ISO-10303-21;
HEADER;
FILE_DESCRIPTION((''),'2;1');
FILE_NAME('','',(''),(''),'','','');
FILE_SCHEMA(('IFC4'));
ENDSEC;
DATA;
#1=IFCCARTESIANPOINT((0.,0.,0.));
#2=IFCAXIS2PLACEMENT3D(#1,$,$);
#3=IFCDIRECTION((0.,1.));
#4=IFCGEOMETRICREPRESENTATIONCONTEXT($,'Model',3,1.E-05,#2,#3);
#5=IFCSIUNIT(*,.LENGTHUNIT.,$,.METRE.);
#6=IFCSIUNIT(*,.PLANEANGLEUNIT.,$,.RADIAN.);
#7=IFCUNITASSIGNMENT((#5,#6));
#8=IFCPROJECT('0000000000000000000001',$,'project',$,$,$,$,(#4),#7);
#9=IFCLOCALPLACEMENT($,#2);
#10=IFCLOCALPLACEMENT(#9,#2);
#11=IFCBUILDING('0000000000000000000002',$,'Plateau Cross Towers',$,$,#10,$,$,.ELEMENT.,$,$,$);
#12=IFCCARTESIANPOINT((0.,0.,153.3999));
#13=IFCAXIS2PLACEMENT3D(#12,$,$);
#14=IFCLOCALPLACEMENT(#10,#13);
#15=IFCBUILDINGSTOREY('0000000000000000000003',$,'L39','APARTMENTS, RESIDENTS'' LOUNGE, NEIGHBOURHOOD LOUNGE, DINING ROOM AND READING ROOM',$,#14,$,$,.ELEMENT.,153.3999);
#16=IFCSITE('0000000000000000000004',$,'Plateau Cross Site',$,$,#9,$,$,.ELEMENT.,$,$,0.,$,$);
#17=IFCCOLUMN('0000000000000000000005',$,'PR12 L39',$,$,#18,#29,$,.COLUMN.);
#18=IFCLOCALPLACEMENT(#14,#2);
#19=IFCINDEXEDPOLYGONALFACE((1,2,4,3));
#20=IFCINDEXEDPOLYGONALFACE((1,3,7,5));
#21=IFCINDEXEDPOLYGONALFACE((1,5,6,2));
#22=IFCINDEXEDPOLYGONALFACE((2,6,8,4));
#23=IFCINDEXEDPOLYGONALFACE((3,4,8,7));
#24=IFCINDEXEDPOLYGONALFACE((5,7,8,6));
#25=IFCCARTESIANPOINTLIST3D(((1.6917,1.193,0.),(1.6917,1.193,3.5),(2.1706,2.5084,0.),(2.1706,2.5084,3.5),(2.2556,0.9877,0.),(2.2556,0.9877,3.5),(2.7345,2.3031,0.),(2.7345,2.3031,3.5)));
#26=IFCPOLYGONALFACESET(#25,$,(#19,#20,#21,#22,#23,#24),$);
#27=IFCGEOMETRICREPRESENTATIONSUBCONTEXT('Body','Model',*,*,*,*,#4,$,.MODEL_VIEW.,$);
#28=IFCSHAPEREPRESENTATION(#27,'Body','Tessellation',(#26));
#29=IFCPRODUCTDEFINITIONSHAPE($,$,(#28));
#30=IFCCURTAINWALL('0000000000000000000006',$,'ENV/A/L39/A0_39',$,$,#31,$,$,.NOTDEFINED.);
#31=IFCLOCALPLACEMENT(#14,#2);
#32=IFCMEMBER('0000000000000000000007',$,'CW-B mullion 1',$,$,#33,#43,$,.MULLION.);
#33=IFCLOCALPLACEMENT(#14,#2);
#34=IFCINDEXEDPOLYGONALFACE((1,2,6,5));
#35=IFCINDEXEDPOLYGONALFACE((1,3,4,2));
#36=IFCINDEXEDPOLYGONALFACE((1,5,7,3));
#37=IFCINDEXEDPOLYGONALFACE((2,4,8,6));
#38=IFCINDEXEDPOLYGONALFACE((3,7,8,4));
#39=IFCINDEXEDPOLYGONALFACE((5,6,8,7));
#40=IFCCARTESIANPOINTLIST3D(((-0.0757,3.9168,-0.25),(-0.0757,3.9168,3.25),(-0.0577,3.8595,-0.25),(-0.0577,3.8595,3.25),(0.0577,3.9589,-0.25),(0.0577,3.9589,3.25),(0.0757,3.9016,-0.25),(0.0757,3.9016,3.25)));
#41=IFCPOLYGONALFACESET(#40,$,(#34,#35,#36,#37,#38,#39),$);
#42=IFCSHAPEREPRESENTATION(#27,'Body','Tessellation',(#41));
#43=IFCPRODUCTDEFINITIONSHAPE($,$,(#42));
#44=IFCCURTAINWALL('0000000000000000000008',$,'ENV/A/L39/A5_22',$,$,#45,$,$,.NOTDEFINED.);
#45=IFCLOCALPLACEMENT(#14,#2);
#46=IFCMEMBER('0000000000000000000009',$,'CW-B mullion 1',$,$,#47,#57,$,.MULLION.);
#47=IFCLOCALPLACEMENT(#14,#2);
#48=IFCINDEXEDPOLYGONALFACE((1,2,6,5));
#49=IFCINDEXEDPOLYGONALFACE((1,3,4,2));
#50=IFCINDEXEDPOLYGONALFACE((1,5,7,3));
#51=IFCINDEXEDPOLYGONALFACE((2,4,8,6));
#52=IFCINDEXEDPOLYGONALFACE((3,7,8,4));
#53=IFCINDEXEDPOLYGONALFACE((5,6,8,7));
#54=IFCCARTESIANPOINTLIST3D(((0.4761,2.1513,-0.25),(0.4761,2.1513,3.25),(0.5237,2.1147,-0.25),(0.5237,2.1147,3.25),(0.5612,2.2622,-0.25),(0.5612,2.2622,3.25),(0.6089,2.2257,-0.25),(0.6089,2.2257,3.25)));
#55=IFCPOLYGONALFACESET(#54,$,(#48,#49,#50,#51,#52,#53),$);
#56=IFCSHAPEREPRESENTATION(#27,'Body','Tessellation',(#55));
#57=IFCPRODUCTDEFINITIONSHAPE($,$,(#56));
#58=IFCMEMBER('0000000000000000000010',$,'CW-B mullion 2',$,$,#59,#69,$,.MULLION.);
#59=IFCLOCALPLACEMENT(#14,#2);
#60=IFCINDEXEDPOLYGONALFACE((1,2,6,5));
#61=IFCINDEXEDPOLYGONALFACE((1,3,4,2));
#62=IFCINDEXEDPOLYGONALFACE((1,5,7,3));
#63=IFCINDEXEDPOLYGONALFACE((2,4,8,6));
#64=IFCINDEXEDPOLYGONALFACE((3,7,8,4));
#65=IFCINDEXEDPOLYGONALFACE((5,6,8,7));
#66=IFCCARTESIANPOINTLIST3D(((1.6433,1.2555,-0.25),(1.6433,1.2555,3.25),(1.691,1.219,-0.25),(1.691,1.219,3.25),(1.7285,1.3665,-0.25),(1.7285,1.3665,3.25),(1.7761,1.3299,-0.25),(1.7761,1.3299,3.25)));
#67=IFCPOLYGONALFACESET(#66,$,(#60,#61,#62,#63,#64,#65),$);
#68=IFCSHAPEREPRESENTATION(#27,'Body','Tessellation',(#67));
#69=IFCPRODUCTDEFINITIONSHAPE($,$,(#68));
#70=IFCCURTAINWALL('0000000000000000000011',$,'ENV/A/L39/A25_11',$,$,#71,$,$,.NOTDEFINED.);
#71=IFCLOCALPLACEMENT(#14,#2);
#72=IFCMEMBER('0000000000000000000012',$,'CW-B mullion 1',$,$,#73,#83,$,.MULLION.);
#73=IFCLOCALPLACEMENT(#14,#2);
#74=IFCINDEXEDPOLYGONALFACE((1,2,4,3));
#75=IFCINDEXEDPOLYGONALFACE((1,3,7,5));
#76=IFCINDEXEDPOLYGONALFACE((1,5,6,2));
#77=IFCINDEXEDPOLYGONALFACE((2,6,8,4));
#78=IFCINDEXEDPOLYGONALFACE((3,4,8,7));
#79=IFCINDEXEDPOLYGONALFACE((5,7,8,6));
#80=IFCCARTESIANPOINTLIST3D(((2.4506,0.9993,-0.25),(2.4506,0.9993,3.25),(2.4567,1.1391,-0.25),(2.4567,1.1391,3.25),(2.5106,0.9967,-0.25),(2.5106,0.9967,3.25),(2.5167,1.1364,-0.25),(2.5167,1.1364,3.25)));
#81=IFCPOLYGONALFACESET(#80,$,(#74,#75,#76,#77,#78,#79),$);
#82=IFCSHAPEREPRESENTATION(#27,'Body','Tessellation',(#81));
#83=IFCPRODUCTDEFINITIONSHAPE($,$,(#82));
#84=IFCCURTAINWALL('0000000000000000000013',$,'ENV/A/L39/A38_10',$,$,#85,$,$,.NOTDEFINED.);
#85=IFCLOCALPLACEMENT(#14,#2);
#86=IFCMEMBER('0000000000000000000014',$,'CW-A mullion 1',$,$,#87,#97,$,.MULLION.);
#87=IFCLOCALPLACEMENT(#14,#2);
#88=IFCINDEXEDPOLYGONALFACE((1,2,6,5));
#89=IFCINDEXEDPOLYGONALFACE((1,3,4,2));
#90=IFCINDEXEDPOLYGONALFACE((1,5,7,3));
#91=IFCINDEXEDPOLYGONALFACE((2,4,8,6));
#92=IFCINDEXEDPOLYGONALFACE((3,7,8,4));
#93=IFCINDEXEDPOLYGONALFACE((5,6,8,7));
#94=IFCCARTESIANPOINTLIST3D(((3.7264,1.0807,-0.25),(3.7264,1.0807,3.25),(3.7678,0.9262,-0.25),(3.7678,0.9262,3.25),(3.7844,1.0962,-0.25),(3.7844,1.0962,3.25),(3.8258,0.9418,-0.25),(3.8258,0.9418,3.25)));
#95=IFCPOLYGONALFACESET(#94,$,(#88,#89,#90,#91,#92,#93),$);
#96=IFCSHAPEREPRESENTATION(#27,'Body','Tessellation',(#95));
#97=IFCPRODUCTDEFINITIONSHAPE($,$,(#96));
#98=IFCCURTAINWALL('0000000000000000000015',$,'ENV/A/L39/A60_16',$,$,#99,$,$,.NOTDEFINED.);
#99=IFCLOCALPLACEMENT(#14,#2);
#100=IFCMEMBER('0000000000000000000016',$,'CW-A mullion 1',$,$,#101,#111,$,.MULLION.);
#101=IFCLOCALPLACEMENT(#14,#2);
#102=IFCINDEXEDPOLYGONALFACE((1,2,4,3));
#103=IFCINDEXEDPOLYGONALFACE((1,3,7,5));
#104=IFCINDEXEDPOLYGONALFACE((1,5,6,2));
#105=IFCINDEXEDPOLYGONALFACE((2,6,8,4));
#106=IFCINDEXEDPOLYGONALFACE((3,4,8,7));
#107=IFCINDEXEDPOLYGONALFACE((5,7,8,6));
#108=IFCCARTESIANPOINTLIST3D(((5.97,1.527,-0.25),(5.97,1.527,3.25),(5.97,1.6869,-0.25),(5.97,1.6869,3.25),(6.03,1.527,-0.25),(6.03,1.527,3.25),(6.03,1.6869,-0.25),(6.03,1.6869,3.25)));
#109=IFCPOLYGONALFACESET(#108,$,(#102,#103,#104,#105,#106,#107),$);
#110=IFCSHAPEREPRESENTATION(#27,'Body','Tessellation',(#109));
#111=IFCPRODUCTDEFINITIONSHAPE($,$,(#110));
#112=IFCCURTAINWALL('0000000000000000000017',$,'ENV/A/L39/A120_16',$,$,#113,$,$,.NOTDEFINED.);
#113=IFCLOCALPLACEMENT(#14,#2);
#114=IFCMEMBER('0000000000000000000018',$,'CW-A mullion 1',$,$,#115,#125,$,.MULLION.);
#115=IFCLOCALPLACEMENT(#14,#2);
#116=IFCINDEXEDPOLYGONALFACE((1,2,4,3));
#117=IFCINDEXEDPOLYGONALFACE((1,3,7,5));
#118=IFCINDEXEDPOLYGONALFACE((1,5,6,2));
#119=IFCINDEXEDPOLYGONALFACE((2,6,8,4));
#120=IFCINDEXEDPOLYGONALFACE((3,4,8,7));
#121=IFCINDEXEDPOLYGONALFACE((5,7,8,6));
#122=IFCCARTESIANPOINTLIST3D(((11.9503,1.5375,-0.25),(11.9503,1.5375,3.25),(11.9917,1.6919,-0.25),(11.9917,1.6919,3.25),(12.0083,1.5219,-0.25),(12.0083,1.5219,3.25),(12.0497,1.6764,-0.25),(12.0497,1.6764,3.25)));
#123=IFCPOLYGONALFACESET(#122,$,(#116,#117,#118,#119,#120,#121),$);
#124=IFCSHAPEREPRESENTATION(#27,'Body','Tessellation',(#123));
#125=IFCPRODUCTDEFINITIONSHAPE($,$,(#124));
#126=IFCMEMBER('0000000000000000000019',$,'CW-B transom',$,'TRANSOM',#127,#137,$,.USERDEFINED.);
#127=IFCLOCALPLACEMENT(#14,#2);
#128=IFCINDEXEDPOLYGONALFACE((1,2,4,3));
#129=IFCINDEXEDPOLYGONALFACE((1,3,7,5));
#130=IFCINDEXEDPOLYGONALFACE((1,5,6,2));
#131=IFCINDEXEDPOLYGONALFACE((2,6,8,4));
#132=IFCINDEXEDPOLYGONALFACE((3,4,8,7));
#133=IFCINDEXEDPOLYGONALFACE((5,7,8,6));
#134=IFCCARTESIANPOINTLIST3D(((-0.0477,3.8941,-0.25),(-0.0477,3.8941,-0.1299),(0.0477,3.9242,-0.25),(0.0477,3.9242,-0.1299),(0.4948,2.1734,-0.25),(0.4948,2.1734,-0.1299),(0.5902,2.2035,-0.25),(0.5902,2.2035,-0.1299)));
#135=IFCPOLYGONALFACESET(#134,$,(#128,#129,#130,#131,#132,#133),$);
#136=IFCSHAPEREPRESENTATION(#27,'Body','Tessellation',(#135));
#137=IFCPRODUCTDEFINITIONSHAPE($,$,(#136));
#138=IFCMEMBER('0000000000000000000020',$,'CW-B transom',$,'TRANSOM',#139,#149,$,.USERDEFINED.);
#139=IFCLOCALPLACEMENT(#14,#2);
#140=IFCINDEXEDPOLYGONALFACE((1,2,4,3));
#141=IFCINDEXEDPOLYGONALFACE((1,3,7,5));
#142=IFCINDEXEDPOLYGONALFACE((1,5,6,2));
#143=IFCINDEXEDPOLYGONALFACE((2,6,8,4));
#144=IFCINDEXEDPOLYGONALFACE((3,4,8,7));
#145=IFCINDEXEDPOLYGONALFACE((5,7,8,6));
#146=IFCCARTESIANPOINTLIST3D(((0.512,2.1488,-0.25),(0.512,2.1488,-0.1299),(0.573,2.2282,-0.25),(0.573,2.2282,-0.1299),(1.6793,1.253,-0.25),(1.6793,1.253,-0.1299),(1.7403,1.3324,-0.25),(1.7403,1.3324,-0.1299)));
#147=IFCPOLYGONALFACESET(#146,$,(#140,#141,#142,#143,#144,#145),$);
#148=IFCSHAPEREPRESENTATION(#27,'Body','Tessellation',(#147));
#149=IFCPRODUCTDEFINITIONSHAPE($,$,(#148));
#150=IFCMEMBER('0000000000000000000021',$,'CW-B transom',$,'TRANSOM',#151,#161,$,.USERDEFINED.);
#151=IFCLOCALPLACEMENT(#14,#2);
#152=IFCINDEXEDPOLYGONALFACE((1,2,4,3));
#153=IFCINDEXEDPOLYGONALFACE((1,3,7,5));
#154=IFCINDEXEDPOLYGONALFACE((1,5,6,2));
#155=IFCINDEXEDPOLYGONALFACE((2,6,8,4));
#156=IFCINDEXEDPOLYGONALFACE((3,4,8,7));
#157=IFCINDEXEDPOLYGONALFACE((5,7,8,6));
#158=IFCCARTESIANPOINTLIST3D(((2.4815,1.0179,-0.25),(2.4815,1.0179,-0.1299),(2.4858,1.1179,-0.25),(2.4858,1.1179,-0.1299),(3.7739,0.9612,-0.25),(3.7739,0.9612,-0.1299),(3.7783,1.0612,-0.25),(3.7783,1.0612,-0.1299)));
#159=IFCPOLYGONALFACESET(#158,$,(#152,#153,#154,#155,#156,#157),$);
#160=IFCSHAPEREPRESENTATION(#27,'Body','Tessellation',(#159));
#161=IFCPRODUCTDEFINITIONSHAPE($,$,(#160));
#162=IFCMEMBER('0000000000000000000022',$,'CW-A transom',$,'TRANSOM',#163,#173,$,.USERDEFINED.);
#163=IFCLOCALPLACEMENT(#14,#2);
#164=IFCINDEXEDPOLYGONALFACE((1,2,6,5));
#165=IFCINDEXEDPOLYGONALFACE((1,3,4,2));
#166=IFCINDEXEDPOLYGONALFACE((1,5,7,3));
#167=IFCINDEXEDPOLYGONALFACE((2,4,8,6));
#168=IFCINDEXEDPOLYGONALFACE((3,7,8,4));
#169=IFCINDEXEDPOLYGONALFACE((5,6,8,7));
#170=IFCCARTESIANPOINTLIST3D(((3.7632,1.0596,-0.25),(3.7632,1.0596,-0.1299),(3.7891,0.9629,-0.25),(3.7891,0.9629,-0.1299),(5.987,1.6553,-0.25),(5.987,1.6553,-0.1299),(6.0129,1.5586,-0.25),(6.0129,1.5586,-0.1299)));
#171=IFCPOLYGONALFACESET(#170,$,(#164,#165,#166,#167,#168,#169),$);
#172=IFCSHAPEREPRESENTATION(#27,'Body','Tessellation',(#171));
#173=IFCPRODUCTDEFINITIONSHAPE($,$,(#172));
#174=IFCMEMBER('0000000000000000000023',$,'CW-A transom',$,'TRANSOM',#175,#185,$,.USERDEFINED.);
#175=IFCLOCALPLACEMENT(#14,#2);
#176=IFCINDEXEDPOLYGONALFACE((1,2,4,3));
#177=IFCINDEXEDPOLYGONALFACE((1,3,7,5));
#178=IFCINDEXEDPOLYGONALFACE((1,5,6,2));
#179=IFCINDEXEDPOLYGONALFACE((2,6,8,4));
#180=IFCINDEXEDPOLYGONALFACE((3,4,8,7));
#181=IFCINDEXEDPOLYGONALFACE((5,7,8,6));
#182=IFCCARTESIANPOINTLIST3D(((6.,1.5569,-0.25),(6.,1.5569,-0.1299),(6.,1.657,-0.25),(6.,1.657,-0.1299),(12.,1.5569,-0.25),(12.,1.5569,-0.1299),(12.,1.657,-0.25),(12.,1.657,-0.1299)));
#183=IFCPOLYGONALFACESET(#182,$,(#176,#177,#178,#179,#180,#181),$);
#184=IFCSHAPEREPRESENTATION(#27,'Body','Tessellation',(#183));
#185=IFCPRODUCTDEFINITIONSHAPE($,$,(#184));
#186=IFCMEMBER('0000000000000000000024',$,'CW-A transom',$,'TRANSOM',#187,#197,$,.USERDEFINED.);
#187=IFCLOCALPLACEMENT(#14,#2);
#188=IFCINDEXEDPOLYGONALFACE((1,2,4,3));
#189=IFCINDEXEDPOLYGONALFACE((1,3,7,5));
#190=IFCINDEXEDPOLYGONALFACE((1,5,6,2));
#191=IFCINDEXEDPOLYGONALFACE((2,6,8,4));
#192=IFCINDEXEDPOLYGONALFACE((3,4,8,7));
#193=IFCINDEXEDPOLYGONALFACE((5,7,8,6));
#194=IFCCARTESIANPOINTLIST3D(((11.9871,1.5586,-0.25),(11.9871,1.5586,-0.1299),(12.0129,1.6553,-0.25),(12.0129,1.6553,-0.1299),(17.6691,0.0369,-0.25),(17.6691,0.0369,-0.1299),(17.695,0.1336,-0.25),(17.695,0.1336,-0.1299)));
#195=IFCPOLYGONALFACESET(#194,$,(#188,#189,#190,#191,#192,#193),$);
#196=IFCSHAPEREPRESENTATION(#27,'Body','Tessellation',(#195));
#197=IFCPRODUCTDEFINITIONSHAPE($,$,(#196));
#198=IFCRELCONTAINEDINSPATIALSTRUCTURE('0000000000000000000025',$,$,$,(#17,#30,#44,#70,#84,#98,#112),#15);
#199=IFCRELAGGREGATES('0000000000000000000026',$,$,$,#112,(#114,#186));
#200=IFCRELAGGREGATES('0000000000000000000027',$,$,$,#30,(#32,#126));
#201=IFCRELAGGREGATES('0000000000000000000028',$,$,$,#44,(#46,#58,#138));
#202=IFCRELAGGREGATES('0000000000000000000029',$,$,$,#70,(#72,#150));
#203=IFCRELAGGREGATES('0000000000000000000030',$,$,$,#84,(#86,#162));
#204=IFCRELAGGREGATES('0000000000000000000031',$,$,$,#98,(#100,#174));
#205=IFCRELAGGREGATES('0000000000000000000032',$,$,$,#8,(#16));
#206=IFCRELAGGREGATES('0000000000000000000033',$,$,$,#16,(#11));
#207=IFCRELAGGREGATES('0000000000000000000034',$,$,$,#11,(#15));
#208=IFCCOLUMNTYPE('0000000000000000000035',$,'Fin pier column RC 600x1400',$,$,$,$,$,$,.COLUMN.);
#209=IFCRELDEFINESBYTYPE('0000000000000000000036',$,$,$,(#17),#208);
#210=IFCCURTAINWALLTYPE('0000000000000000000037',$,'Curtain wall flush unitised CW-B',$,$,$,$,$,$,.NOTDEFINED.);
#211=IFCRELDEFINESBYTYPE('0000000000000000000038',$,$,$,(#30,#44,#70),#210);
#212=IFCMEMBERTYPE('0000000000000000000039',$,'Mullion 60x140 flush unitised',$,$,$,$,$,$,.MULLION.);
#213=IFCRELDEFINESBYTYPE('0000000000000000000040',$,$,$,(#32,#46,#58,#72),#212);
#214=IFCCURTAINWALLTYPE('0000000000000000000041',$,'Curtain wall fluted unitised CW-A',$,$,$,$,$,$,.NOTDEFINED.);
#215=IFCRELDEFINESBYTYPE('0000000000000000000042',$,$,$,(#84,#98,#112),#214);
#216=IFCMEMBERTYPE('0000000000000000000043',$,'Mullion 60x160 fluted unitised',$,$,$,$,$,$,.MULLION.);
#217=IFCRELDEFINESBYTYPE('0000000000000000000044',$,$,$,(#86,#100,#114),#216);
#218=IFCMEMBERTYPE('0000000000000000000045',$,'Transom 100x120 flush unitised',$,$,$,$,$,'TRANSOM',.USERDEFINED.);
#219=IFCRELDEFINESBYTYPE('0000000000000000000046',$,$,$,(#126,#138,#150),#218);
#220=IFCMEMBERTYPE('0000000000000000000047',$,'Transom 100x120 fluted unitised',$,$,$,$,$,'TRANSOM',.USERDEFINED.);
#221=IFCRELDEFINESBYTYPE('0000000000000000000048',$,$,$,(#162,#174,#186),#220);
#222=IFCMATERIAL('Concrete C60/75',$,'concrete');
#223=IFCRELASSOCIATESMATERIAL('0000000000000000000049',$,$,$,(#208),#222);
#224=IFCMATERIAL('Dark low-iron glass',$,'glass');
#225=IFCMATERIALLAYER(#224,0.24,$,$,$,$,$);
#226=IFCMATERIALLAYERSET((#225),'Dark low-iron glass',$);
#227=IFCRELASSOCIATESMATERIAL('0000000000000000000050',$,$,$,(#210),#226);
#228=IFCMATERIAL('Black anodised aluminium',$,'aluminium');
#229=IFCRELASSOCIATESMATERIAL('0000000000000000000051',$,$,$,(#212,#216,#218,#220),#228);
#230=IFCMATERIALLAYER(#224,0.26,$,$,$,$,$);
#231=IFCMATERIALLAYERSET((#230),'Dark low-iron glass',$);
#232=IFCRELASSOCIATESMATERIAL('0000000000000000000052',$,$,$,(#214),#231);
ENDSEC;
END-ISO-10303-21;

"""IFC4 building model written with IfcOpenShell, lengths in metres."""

from ifc_helpers import new_model, si_unit, direction, frame, origin, origin_2d, place, context, subcontext, project, spatial, rectangle, extrude, material, layer, layer_set, material_profile, profile_set, type_object, element, aggregate, save


model = new_model("IFC4")

# Units and contexts
model_context = context("Model", 3, precision=1e-05, world=origin(), true_north=direction((0.0, 1.0)))
body_context = subcontext(model_context, "Body", "Model", "MODEL_VIEW")
ifc_project = project(units=[si_unit("LENGTHUNIT", "METRE"), si_unit("PLANEANGLEUNIT", "RADIAN")], contexts=[model_context])

# Site, building, storey
site_placement = place(None, origin())
site = spatial("IfcSite", under=ifc_project, at=site_placement, Name="Plateau Cross Site", CompositionType="ELEMENT", RefElevation=0.0)
building_placement = place(site_placement, origin())
building = spatial("IfcBuilding", under=site, at=building_placement, Name="Plateau Cross Towers", CompositionType="ELEMENT")
storey_placement = place(building_placement, frame((0.0, 0.0, 153.3999)))
storey = spatial("IfcBuildingStorey", under=building, at=storey_placement, Name="L39", Description="APARTMENTS, RESIDENTS' LOUNGE, NEIGHBOURHOOD LOUNGE, DINING ROOM AND READING ROOM", CompositionType="ELEMENT", Elevation=153.3999)

# Column
ifc_material_1 = material(Name="Concrete C60/75", Category="concrete")
ifc_material_profile_1 = material_profile(ifc_material_1, rectangle(XDim=0.6001, YDim=1.3999, at=origin_2d()), Name="RC 600x1400")
ifc_profile_set_1 = profile_set([ifc_material_profile_1], Name="Concrete C60/75")
column_type = type_object("IfcColumnType", Name="Fin pier column RC 600x1400", PredefinedType="COLUMN", material=ifc_profile_set_1)
column_placement = place(storey_placement, frame((2.2131, 1.748, 0.0), z_axis=(0.0, 0.0, 1.0), x_axis=(-0.939664, 0.342098, 0.0)))
element("IfcColumn", 1, at=column_placement, inside=storey, type_object=column_type, Name="PR12 L39", PredefinedType="COLUMN", context=body_context, shape_type="SweptSolid", body=[
    extrude(rectangle(XDim=0.6001, YDim=1.3999, at=origin_2d()), origin(), (0.0, 0.0, 1.0), 3.5),
])

# Curtain wall, member
ifc_material_2 = material(Name="Dark low-iron glass", Category="glass")
ifc_layer_1 = layer(ifc_material_2, 0.24)
ifc_layer_set_1 = layer_set([ifc_layer_1], Name="Dark low-iron glass")
curtain_wall_type_1 = type_object("IfcCurtainWallType", Name="Curtain wall flush unitised CW-B", PredefinedType="NOTDEFINED", material=ifc_layer_set_1)
curtain_wall_1_placement = place(storey_placement, origin())
curtain_wall_1 = element("IfcCurtainWall", 2, at=curtain_wall_1_placement, inside=storey, type_object=curtain_wall_type_1, Name="ENV/A/L39/A0_39", PredefinedType="NOTDEFINED")
ifc_material_3 = material(Name="Black anodised aluminium", Category="aluminium")
ifc_material_profile_2 = material_profile(ifc_material_3, rectangle(XDim=0.0601, YDim=0.1399, at=origin_2d()), Name="MULLION 60x140")
ifc_profile_set_2 = profile_set([ifc_material_profile_2], Name="Black anodised aluminium")
member_type_1 = type_object("IfcMemberType", Name="Mullion 60x140 flush unitised", PredefinedType="MULLION", material=ifc_profile_set_2)
member_1_placement = place(storey_placement, frame((0.0, 3.9092, -0.25), z_axis=(0.0, 0.0, 1.0), x_axis=(0.300686, -0.953723, 0.0)))
member_1 = element("IfcMember", 3, at=member_1_placement, type_object=member_type_1, Name="CW-B mullion 1", PredefinedType="MULLION", context=body_context, shape_type="SweptSolid", body=[
    extrude(rectangle(XDim=0.0601, YDim=0.1399, at=origin_2d()), origin(), (0.0, 0.0, 1.0), 3.5),
])

# Curtain wall, members
curtain_wall_2_placement = place(storey_placement, origin())
curtain_wall_2 = element("IfcCurtainWall", 4, at=curtain_wall_2_placement, inside=storey, type_object=curtain_wall_type_1, Name="ENV/A/L39/A5_22", PredefinedType="NOTDEFINED")
member_2_placement = place(storey_placement, frame((0.5425, 2.1885, -0.25), z_axis=(0.0, 0.0, 1.0), x_axis=(0.793316, -0.608811, 0.0)))
member_2 = element("IfcMember", 5, at=member_2_placement, type_object=member_type_1, Name="CW-B mullion 1", PredefinedType="MULLION", context=body_context, shape_type="SweptSolid", body=[
    extrude(rectangle(XDim=0.0601, YDim=0.1399, at=origin_2d()), origin(), (0.0, 0.0, 1.0), 3.5),
])
member_3_placement = place(storey_placement, frame((1.7097, 1.2927, -0.25), z_axis=(0.0, 0.0, 1.0), x_axis=(0.793316, -0.608811, 0.0)))
member_3 = element("IfcMember", 6, at=member_3_placement, type_object=member_type_1, Name="CW-B mullion 2", PredefinedType="MULLION", context=body_context, shape_type="SweptSolid", body=[
    extrude(rectangle(XDim=0.0601, YDim=0.1399, at=origin_2d()), origin(), (0.0, 0.0, 1.0), 3.5),
])

# Curtain walls, members
curtain_wall_3_placement = place(storey_placement, origin())
curtain_wall_3 = element("IfcCurtainWall", 7, at=curtain_wall_3_placement, inside=storey, type_object=curtain_wall_type_1, Name="ENV/A/L39/A25_11", PredefinedType="NOTDEFINED")
member_4_placement = place(storey_placement, frame((2.4836, 1.0679, -0.25), z_axis=(0.0, 0.0, 1.0), x_axis=(0.999044, -0.043723, 0.0)))
member_4 = element("IfcMember", 8, at=member_4_placement, type_object=member_type_1, Name="CW-B mullion 1", PredefinedType="MULLION", context=body_context, shape_type="SweptSolid", body=[
    extrude(rectangle(XDim=0.0601, YDim=0.1399, at=origin_2d()), origin(), (0.0, 0.0, 1.0), 3.5),
])
ifc_layer_2 = layer(ifc_material_2, 0.26)
ifc_layer_set_2 = layer_set([ifc_layer_2], Name="Dark low-iron glass")
curtain_wall_type_2 = type_object("IfcCurtainWallType", Name="Curtain wall fluted unitised CW-A", PredefinedType="NOTDEFINED", material=ifc_layer_set_2)
curtain_wall_4_placement = place(storey_placement, origin())
curtain_wall_4 = element("IfcCurtainWall", 9, at=curtain_wall_4_placement, inside=storey, type_object=curtain_wall_type_2, Name="ENV/A/L39/A38_10", PredefinedType="NOTDEFINED")
ifc_material_profile_3 = material_profile(ifc_material_3, rectangle(XDim=0.0601, YDim=0.1599, at=origin_2d()), Name="MULLION 60x160")
ifc_profile_set_3 = profile_set([ifc_material_profile_3], Name="Black anodised aluminium")
member_type_2 = type_object("IfcMemberType", Name="Mullion 60x160 fluted unitised", PredefinedType="MULLION", material=ifc_profile_set_3)
member_5_placement = place(storey_placement, frame((3.7761, 1.0112, -0.25), z_axis=(0.0, 0.0, 1.0), x_axis=(0.965958, 0.258699, 0.0)))
member_5 = element("IfcMember", 10, at=member_5_placement, type_object=member_type_2, Name="CW-A mullion 1", PredefinedType="MULLION", context=body_context, shape_type="SweptSolid", body=[
    extrude(rectangle(XDim=0.0601, YDim=0.1599, at=origin_2d()), origin(), (0.0, 0.0, 1.0), 3.5),
])
curtain_wall_5_placement = place(storey_placement, origin())
curtain_wall_5 = element("IfcCurtainWall", 11, at=curtain_wall_5_placement, inside=storey, type_object=curtain_wall_type_2, Name="ENV/A/L39/A60_16", PredefinedType="NOTDEFINED")
member_6_placement = place(storey_placement, frame((6.0, 1.6069, -0.25), z_axis=(0.0, 0.0, 1.0), x_axis=(1.0, 0.0, 0.0)))
member_6 = element("IfcMember", 12, at=member_6_placement, type_object=member_type_2, Name="CW-A mullion 1", PredefinedType="MULLION", context=body_context, shape_type="SweptSolid", body=[
    extrude(rectangle(XDim=0.0601, YDim=0.1599, at=origin_2d()), origin(), (0.0, 0.0, 1.0), 3.5),
])
curtain_wall_6_placement = place(storey_placement, origin())
curtain_wall_6 = element("IfcCurtainWall", 13, at=curtain_wall_6_placement, inside=storey, type_object=curtain_wall_type_2, Name="ENV/A/L39/A120_16", PredefinedType="NOTDEFINED")
member_7_placement = place(storey_placement, frame((12.0, 1.6069, -0.25), z_axis=(0.0, 0.0, 1.0), x_axis=(0.965958, -0.258699, 0.0)))
member_7 = element("IfcMember", 14, at=member_7_placement, type_object=member_type_2, Name="CW-A mullion 1", PredefinedType="MULLION", context=body_context, shape_type="SweptSolid", body=[
    extrude(rectangle(XDim=0.0601, YDim=0.1599, at=origin_2d()), origin(), (0.0, 0.0, 1.0), 3.5),
])

# Members
ifc_material_profile_4 = material_profile(ifc_material_3, rectangle(XDim=0.1001, YDim=0.1201, at=origin_2d()), Name="TRANSOM 100x120")
ifc_profile_set_4 = profile_set([ifc_material_profile_4], Name="Black anodised aluminium")
member_type_3 = type_object("IfcMemberType", Name="Transom 100x120 flush unitised", ElementType="TRANSOM", PredefinedType="USERDEFINED", material=ifc_profile_set_4)
member_8_placement = place(storey_placement, frame((0.0, 3.9092, -0.1899), z_axis=(0.300678, -0.953726, 0.0), x_axis=(0.953726, 0.300678, 0.0)))
member_8 = element("IfcMember", 15, at=member_8_placement, type_object=member_type_3, Name="CW-B transom", ObjectType="TRANSOM", PredefinedType="USERDEFINED", context=body_context, shape_type="SweptSolid", body=[
    extrude(rectangle(XDim=0.1001, YDim=0.1201, at=origin_2d()), origin(), (0.0, 0.0, 1.0), 1.8042),
])
member_9_placement = place(storey_placement, frame((0.5425, 2.1885, -0.1899), z_axis=(0.793321, -0.608804, 0.0), x_axis=(0.608804, 0.793321, 0.0)))
member_9 = element("IfcMember", 16, at=member_9_placement, type_object=member_type_3, Name="CW-B transom", ObjectType="TRANSOM", PredefinedType="USERDEFINED", context=body_context, shape_type="SweptSolid", body=[
    extrude(rectangle(XDim=0.1001, YDim=0.1201, at=origin_2d()), origin(), (0.0, 0.0, 1.0), 1.4714),
])
member_10_placement = place(storey_placement, frame((2.4836, 1.0679, -0.1899), z_axis=(0.999041, -0.043781, 0.0), x_axis=(0.043781, 0.999041, 0.0)))
member_10 = element("IfcMember", 17, at=member_10_placement, type_object=member_type_3, Name="CW-B transom", ObjectType="TRANSOM", PredefinedType="USERDEFINED", context=body_context, shape_type="SweptSolid", body=[
    extrude(rectangle(XDim=0.1001, YDim=0.1201, at=origin_2d()), origin(), (0.0, 0.0, 1.0), 1.2937),
])
ifc_material_profile_5 = material_profile(ifc_material_3, rectangle(XDim=0.1001, YDim=0.1201, at=origin_2d()), Name="TRANSOM 100x120")
ifc_profile_set_5 = profile_set([ifc_material_profile_5], Name="Black anodised aluminium")
member_type_4 = type_object("IfcMemberType", Name="Transom 100x120 fluted unitised", ElementType="TRANSOM", PredefinedType="USERDEFINED", material=ifc_profile_set_5)
member_11_placement = place(storey_placement, frame((3.7761, 1.0112, -0.1899), z_axis=(0.965946, 0.258745, 0.0), x_axis=(-0.258745, 0.965946, 0.0)))
member_11 = element("IfcMember", 18, at=member_11_placement, type_object=member_type_4, Name="CW-A transom", ObjectType="TRANSOM", PredefinedType="USERDEFINED", context=body_context, shape_type="SweptSolid", body=[
    extrude(rectangle(XDim=0.1001, YDim=0.1201, at=origin_2d()), origin(), (0.0, 0.0, 1.0), 2.3022),
])
member_12_placement = place(storey_placement, frame((6.0, 1.6069, -0.1899), z_axis=(1.0, 0.0, 0.0), x_axis=(0.0, 1.0, 0.0)))
member_12 = element("IfcMember", 19, at=member_12_placement, type_object=member_type_4, Name="CW-A transom", ObjectType="TRANSOM", PredefinedType="USERDEFINED", context=body_context, shape_type="SweptSolid", body=[
    extrude(rectangle(XDim=0.1001, YDim=0.1201, at=origin_2d()), origin(), (0.0, 0.0, 1.0), 6.0),
])
member_13_placement = place(storey_placement, frame((12.0, 1.6069, -0.1899), z_axis=(0.96596, -0.258693, 0.0), x_axis=(0.258693, 0.96596, 0.0)))
member_13 = element("IfcMember", 20, at=member_13_placement, type_object=member_type_4, Name="CW-A transom", ObjectType="TRANSOM", PredefinedType="USERDEFINED", context=body_context, shape_type="SweptSolid", body=[
    extrude(rectangle(XDim=0.1001, YDim=0.1201, at=origin_2d()), origin(), (0.0, 0.0, 1.0), 5.8823),
])
aggregate(curtain_wall_6, [member_7, member_13])

aggregate(curtain_wall_1, [member_1, member_8])
aggregate(curtain_wall_2, [member_2, member_3, member_9])
aggregate(curtain_wall_3, [member_4, member_10])
aggregate(curtain_wall_4, [member_5, member_11])
aggregate(curtain_wall_5, [member_6, member_12])

save(model, "model.ifc")
